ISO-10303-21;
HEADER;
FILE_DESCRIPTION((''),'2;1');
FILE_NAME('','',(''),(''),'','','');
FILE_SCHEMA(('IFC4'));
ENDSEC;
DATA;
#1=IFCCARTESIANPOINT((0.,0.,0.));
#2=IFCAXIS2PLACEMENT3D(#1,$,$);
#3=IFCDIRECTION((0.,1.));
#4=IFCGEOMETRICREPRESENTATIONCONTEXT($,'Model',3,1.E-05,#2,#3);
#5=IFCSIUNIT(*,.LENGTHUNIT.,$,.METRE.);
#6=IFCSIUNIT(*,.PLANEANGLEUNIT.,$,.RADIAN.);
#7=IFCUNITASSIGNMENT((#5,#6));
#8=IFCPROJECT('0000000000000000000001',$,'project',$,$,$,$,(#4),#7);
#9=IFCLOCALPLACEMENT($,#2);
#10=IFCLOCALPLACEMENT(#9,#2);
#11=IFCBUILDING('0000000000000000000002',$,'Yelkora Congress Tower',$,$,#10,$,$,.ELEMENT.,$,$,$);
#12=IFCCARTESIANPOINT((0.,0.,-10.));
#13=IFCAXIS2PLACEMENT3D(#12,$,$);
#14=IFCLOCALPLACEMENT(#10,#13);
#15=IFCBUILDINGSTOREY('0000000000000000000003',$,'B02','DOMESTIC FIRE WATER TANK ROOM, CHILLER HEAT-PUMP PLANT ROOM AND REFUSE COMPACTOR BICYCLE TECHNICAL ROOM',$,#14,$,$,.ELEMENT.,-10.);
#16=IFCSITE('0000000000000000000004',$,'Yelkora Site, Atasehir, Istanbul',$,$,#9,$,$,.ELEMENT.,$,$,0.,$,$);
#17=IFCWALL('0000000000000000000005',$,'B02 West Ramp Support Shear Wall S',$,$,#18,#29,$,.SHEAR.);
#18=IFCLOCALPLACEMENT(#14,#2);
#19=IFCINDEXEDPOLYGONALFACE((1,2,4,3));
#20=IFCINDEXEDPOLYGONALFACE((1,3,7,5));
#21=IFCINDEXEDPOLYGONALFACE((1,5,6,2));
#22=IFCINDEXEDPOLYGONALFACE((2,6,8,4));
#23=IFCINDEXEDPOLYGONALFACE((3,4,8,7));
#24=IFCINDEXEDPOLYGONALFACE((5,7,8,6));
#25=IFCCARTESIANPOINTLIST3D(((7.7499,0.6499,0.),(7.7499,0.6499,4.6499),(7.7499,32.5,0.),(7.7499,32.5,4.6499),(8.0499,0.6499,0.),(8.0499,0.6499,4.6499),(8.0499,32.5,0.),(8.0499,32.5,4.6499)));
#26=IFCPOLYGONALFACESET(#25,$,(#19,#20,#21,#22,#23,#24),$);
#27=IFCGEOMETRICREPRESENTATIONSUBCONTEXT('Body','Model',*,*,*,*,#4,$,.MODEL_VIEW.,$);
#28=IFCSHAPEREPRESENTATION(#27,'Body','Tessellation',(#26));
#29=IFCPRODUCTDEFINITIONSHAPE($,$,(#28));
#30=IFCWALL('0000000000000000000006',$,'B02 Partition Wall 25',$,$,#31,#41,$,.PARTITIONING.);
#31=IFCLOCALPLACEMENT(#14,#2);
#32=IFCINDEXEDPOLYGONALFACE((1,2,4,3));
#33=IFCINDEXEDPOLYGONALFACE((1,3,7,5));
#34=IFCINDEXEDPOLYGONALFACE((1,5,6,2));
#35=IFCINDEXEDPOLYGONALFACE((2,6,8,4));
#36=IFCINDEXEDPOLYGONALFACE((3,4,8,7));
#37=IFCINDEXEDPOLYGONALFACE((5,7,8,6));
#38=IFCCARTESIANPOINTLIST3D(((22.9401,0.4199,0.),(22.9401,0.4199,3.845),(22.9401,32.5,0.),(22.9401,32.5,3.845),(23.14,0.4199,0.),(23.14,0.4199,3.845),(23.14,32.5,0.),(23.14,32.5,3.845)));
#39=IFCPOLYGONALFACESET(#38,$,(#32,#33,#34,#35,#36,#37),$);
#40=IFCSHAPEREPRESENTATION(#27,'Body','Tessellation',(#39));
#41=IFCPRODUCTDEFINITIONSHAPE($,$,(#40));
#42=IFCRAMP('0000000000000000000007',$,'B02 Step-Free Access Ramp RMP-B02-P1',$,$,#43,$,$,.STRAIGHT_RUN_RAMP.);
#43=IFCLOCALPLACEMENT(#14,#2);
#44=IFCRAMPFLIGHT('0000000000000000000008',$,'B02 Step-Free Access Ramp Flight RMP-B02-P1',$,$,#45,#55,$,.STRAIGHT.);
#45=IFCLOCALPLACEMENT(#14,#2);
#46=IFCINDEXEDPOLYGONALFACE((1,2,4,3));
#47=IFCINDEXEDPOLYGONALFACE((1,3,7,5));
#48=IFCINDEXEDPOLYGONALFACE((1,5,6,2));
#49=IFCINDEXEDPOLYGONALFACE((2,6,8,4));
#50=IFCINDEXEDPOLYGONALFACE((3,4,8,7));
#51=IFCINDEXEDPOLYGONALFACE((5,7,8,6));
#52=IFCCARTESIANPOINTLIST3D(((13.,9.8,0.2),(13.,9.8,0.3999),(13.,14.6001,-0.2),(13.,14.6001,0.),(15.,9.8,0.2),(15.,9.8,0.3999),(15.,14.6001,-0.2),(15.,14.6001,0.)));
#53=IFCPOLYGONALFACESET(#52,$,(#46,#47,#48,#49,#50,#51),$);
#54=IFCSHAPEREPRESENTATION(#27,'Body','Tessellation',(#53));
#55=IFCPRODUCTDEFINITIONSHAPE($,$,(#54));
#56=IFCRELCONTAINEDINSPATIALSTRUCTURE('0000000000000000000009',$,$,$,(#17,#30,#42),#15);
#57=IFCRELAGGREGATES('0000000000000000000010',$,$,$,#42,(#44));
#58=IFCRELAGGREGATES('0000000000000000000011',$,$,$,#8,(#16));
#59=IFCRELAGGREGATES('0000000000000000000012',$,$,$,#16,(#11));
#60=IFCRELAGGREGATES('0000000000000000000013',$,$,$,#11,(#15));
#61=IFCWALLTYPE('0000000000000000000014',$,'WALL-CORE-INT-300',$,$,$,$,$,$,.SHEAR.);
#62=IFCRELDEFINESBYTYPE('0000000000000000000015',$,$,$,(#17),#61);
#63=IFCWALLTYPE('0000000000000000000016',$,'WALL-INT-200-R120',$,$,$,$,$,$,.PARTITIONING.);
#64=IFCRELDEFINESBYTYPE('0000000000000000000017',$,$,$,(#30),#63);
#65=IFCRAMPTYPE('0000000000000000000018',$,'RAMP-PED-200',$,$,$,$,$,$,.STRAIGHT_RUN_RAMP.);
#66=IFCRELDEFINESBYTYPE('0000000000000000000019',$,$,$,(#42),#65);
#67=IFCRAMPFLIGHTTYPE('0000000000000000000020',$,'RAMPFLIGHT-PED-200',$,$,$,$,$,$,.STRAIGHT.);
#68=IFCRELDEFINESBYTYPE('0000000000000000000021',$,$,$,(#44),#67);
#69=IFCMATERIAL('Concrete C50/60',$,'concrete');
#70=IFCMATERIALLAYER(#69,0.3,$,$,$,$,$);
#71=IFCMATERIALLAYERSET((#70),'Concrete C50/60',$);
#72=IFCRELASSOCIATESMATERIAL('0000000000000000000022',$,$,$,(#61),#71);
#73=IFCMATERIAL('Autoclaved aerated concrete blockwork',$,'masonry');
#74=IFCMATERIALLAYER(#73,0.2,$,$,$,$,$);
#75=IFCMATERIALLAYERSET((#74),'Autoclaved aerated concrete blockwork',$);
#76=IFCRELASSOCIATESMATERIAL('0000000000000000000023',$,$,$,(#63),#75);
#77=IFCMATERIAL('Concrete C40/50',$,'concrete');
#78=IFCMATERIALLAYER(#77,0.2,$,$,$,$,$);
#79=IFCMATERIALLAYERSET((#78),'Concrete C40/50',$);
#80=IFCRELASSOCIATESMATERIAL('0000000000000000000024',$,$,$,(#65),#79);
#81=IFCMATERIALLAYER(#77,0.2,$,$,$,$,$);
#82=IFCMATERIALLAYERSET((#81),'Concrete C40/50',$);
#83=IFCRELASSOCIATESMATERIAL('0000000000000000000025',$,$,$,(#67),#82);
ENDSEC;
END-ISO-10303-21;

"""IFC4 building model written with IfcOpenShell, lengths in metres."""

from ifc_helpers import new_model, si_unit, direction, frame, frame_2d, origin, place, context, subcontext, project, spatial, polyline, rectangle, outline, extrude, material, layer, layer_set, type_object, element, aggregate, save


model = new_model("IFC4")

# Units and contexts
model_context = context("Model", 3, precision=1e-05, world=origin(), true_north=direction((0.0, 1.0)))
body_context = subcontext(model_context, "Body", "Model", "MODEL_VIEW")
ifc_project = project(units=[si_unit("LENGTHUNIT", "METRE"), si_unit("PLANEANGLEUNIT", "RADIAN")], contexts=[model_context])

# Site, building, storey
site_placement = place(None, origin())
site = spatial("IfcSite", under=ifc_project, at=site_placement, Name="Yelkora Site, Atasehir, Istanbul", CompositionType="ELEMENT", RefElevation=0.0)
building_placement = place(site_placement, origin())
building = spatial("IfcBuilding", under=site, at=building_placement, Name="Yelkora Congress Tower", CompositionType="ELEMENT")
storey_placement = place(building_placement, frame((0.0, 0.0, -10.0)))
storey = spatial("IfcBuildingStorey", under=building, at=storey_placement, Name="B02", Description="DOMESTIC FIRE WATER TANK ROOM, CHILLER HEAT-PUMP PLANT ROOM AND REFUSE COMPACTOR BICYCLE TECHNICAL ROOM", CompositionType="ELEMENT", Elevation=-10.0)

# Shared definitions
ifc_material_1 = material(Name="Concrete C50/60", Category="concrete")

# Walls
ifc_layer_1 = layer(ifc_material_1, 0.3)
ifc_layer_set_1 = layer_set([ifc_layer_1], Name="Concrete C50/60")
wall_type_1 = type_object("IfcWallType", Name="WALL-CORE-INT-300", PredefinedType="SHEAR", material=ifc_layer_set_1)
wall_1_placement = place(storey_placement, frame((7.8999, 0.6499, 0.0), z_axis=(0.0, 0.0, 1.0), x_axis=(0.0, 1.0, 0.0)))
element("IfcWall", 1, at=wall_1_placement, inside=storey, type_object=wall_type_1, Name="B02 West Ramp Support Shear Wall S", PredefinedType="SHEAR", context=body_context, shape_type="SweptSolid", body=[
    extrude(rectangle(XDim=31.8501, YDim=0.3, at=frame_2d((15.925, 0.0))), origin(), (0.0, 0.0, 1.0), 4.6499),
])
ifc_material_2 = material(Name="Autoclaved aerated concrete blockwork", Category="masonry")
ifc_layer_2 = layer(ifc_material_2, 0.2)
ifc_layer_set_2 = layer_set([ifc_layer_2], Name="Autoclaved aerated concrete blockwork")
wall_type_2 = type_object("IfcWallType", Name="WALL-INT-200-R120", PredefinedType="PARTITIONING", material=ifc_layer_set_2)
wall_2_placement = place(storey_placement, frame((23.04, 0.4199, 0.0), z_axis=(0.0, 0.0, 1.0), x_axis=(0.0, 1.0, 0.0)))
element("IfcWall", 2, at=wall_2_placement, inside=storey, type_object=wall_type_2, Name="B02 Partition Wall 25", PredefinedType="PARTITIONING", context=body_context, shape_type="SweptSolid", body=[
    extrude(rectangle(XDim=32.0801, YDim=0.2, at=frame_2d((16.04, 0.0))), origin(), (0.0, 0.0, 1.0), 3.845),
])

# Ramp, ramp flight
ifc_material_3 = material(Name="Concrete C40/50", Category="concrete")
ifc_layer_3 = layer(ifc_material_3, 0.2)
ifc_layer_set_3 = layer_set([ifc_layer_3], Name="Concrete C40/50")
ramp_type = type_object("IfcRampType", Name="RAMP-PED-200", PredefinedType="STRAIGHT_RUN_RAMP", material=ifc_layer_set_3)
ramp_placement = place(storey_placement, origin())
ramp = element("IfcRamp", 3, at=ramp_placement, inside=storey, type_object=ramp_type, Name="B02 Step-Free Access Ramp RMP-B02-P1", PredefinedType="STRAIGHT_RUN_RAMP")
ifc_layer_4 = layer(ifc_material_3, 0.2)
ifc_layer_set_4 = layer_set([ifc_layer_4], Name="Concrete C40/50")
ramp_flight_type = type_object("IfcRampFlightType", Name="RAMPFLIGHT-PED-200", PredefinedType="STRAIGHT", material=ifc_layer_set_4)
ramp_flight_placement = place(storey_placement, frame((14.0, 9.8, 0.3999), z_axis=(0.0, 0.0, 1.0), x_axis=(0.0, 1.0, 0.0)))
ramp_flight = element("IfcRampFlight", 4, at=ramp_flight_placement, type_object=ramp_flight_type, Name="B02 Step-Free Access Ramp Flight RMP-B02-P1", PredefinedType="STRAIGHT", context=body_context, shape_type="SweptSolid", body=[
    extrude(outline(polyline([(0.0, -0.2), (4.8, -0.5999), (4.8, -0.3999), (0.0, 0.0), (0.0, -0.2)])), frame((0.0, 1.0, 0.0), z_axis=(0.0, -1.0, 0.0), x_axis=(1.0, 0.0, 0.0)), (0.0, 0.0, 1.0), 2.0),
])
aggregate(ramp, [ramp_flight])

save(model, "model.ifc")
